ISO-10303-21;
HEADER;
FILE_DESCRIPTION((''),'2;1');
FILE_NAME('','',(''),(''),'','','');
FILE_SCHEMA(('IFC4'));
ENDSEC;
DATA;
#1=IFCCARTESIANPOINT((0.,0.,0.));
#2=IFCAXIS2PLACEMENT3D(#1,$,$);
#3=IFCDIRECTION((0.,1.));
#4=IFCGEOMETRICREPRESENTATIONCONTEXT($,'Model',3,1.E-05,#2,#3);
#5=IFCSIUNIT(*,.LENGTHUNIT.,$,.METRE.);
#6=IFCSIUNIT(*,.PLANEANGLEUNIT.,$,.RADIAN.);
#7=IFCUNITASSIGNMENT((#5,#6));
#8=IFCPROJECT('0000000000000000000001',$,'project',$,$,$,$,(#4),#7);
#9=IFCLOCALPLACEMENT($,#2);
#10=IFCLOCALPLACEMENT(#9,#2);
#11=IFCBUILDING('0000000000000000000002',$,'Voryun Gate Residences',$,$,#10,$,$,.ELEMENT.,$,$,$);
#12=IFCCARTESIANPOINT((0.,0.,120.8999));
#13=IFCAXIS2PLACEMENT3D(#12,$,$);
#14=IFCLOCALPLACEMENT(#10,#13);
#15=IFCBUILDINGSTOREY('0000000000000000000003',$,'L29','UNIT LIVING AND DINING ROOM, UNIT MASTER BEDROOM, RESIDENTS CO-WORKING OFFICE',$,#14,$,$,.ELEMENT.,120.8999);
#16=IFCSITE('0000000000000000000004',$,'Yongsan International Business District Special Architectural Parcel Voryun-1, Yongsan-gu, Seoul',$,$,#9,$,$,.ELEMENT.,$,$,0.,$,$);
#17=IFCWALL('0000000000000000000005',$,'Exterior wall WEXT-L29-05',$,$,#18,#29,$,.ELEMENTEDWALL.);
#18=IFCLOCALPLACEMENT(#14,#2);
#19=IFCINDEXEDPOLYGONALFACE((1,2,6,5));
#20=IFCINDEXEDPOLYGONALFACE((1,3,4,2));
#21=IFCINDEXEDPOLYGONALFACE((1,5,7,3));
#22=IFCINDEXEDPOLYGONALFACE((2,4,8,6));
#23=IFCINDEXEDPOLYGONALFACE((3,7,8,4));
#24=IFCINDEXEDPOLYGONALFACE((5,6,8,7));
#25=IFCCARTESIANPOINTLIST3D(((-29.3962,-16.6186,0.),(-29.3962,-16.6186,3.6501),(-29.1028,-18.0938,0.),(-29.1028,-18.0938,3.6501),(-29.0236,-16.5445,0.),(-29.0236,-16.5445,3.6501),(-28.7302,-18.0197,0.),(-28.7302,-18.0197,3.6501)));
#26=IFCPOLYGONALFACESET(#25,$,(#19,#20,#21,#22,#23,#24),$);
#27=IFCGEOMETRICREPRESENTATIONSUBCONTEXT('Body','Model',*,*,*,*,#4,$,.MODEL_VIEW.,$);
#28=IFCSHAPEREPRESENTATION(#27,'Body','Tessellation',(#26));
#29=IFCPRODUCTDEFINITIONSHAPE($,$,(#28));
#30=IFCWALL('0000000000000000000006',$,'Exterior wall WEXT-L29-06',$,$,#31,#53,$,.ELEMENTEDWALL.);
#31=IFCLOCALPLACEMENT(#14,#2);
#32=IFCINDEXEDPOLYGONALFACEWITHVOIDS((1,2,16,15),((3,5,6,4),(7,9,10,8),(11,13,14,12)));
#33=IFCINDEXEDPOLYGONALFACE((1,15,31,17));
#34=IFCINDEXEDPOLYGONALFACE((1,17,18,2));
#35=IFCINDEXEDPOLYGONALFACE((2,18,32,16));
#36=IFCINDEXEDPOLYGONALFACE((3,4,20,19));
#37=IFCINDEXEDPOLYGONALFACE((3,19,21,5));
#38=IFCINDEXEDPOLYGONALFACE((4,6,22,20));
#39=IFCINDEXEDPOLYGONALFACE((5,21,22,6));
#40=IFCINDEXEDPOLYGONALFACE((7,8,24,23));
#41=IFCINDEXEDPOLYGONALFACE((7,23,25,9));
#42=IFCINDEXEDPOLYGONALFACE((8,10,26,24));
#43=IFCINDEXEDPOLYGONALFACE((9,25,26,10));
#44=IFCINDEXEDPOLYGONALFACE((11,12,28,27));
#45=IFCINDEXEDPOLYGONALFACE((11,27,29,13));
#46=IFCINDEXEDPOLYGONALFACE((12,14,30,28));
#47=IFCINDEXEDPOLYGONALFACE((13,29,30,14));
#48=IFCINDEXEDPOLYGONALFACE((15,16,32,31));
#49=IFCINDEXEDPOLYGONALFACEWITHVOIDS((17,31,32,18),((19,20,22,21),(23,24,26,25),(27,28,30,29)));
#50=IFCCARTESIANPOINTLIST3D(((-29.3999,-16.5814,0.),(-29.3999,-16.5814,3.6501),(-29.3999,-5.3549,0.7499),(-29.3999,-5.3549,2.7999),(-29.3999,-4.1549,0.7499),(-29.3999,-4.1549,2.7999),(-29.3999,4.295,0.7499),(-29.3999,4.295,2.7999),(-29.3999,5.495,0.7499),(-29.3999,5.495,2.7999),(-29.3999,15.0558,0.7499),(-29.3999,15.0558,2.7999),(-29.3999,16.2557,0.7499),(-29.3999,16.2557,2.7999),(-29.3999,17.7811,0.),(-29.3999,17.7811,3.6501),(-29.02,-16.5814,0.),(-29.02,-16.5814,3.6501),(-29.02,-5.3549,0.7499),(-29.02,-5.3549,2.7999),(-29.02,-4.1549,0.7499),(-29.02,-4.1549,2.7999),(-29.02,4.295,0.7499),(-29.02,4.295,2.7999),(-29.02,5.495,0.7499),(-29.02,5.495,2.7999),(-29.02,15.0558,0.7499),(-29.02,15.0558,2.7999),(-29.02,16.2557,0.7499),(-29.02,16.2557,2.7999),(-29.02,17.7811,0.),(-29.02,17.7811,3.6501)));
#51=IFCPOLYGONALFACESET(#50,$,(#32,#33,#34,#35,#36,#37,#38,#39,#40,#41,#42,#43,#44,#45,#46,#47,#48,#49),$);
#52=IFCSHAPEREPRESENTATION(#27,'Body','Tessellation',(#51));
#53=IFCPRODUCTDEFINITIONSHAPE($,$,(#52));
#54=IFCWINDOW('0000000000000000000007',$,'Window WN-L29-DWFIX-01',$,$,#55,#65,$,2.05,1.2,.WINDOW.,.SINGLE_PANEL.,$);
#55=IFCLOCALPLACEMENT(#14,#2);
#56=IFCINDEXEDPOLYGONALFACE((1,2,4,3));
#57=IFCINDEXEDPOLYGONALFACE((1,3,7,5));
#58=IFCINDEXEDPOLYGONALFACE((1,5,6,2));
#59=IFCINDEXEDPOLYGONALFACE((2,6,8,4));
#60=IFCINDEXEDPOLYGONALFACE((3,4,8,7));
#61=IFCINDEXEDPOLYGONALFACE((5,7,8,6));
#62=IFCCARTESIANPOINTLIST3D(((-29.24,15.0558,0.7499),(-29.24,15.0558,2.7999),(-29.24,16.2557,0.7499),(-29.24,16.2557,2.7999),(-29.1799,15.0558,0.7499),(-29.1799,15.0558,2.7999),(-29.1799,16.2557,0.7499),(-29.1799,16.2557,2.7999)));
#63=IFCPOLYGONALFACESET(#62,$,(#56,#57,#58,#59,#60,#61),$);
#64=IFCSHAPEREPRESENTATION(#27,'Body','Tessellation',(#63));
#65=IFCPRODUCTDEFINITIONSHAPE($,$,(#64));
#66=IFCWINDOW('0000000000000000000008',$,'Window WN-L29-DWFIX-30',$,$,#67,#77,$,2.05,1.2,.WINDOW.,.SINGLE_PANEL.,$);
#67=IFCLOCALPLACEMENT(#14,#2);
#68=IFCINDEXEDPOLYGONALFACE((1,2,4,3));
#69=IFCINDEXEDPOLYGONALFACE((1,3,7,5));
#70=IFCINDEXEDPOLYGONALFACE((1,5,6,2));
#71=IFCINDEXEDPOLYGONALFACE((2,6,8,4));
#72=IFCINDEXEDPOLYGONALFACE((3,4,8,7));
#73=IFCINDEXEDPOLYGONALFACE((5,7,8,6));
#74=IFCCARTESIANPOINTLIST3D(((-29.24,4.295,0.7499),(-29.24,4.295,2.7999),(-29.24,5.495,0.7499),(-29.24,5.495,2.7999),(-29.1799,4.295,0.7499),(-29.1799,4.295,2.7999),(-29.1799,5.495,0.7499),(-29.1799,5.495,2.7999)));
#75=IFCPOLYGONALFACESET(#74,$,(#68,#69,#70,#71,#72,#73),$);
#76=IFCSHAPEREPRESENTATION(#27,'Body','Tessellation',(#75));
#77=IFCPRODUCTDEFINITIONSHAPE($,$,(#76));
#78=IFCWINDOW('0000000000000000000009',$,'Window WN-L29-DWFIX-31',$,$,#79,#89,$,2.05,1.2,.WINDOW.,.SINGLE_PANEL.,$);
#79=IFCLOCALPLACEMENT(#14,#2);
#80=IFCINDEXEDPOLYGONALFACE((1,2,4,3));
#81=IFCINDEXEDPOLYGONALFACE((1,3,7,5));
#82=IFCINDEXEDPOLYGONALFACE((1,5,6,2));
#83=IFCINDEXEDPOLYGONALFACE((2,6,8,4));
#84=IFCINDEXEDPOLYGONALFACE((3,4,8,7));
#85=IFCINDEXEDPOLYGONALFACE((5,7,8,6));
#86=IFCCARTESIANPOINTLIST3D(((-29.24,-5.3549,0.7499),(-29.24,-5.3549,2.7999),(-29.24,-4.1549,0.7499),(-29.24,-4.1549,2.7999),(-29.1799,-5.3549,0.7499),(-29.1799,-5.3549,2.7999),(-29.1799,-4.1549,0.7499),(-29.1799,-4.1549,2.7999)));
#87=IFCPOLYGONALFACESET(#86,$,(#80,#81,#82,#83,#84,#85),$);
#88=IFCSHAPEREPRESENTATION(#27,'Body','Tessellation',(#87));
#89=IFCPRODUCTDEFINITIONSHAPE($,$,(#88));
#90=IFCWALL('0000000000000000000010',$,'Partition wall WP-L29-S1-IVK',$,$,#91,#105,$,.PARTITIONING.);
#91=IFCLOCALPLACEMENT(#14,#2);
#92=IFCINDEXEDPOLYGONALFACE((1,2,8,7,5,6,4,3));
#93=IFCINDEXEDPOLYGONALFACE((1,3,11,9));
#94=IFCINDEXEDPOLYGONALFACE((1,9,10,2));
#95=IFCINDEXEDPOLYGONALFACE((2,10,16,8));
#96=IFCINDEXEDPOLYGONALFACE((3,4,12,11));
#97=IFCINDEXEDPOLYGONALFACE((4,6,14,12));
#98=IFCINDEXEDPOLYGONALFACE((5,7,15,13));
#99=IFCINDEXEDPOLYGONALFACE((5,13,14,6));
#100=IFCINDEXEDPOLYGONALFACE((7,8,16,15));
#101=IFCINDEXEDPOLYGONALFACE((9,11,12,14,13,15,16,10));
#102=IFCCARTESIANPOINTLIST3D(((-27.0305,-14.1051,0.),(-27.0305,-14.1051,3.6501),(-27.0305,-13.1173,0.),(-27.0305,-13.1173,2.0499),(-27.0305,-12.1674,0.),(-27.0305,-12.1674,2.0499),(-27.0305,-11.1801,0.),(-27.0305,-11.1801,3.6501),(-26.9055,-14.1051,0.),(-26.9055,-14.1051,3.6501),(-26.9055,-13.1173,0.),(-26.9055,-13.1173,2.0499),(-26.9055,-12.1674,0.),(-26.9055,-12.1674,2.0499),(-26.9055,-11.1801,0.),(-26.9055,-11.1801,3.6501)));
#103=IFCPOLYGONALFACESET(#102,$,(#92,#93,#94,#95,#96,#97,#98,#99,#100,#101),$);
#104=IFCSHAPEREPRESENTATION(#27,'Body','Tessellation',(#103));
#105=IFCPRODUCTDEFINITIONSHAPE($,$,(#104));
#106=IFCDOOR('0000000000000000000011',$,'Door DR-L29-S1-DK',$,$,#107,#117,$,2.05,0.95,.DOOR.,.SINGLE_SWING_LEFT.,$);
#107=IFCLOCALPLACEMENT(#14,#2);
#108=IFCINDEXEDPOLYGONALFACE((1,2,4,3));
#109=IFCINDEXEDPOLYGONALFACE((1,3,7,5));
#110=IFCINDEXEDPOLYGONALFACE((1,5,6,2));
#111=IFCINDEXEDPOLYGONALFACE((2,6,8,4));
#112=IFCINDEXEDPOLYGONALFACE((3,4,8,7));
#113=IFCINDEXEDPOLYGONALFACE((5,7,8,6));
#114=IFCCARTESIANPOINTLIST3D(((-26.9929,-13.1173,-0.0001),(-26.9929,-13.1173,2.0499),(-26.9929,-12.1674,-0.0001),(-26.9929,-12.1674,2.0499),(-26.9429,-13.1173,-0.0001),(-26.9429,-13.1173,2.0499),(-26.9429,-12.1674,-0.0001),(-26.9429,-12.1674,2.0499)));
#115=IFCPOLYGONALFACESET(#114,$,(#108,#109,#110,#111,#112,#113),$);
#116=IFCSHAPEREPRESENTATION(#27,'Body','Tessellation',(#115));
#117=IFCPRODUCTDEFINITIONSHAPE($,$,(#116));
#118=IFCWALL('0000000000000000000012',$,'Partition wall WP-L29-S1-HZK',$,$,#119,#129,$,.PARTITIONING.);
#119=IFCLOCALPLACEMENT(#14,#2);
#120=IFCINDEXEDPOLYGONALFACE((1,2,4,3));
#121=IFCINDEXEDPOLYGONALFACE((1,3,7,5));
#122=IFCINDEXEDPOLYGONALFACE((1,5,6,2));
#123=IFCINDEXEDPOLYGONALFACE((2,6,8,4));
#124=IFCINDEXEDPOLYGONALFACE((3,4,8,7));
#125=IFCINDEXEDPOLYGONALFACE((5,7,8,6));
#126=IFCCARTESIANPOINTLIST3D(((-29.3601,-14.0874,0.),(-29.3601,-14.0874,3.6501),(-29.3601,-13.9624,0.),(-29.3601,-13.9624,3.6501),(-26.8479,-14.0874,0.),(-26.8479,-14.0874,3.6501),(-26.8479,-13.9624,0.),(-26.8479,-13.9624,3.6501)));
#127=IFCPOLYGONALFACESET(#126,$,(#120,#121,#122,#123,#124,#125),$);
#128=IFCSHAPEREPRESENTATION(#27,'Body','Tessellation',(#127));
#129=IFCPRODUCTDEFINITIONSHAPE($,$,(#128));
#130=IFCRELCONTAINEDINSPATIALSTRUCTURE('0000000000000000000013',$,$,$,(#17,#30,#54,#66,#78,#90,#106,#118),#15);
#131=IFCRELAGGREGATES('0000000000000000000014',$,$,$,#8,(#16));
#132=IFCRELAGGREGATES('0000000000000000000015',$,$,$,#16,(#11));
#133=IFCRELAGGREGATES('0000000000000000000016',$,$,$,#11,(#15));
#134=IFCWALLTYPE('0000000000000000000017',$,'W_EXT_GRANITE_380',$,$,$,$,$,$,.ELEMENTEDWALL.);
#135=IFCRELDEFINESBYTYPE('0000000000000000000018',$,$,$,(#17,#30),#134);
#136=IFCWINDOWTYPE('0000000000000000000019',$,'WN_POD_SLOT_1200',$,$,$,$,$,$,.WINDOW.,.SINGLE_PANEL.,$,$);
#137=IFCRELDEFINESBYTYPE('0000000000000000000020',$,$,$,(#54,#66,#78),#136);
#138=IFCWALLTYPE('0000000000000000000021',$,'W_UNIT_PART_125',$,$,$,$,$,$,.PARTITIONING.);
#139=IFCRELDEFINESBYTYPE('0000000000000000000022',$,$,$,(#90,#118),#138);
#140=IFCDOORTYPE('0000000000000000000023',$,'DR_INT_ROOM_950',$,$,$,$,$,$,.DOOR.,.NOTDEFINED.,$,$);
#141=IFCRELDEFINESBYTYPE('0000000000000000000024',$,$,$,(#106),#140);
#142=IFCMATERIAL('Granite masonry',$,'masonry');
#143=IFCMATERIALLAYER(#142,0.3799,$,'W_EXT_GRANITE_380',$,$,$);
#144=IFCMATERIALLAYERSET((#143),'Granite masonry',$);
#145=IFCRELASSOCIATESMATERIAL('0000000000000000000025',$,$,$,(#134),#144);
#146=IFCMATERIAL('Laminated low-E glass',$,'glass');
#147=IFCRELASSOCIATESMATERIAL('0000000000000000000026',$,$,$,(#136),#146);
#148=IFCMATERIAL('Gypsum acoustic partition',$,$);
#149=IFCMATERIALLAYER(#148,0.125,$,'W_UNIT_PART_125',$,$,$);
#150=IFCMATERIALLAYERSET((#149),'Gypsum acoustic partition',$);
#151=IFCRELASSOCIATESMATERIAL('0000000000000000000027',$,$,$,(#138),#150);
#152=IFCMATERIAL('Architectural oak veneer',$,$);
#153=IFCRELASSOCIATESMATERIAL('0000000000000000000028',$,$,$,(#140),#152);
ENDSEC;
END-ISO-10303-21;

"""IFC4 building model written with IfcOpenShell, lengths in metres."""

from ifc_helpers import new_model, si_unit, direction, frame, frame_2d, origin, place, context, subcontext, project, spatial, rectangle, extrude, material, layer, layer_set, type_object, element, fill, save


model = new_model("IFC4")

# Units and contexts
model_context = context("Model", 3, precision=1e-05, world=origin(), true_north=direction((0.0, 1.0)))
body_context = subcontext(model_context, "Body", "Model", "MODEL_VIEW")
ifc_project = project(units=[si_unit("LENGTHUNIT", "METRE"), si_unit("PLANEANGLEUNIT", "RADIAN")], contexts=[model_context])

# Site, building, storey
site_placement = place(None, origin())
site = spatial("IfcSite", under=ifc_project, at=site_placement, Name="Yongsan International Business District Special Architectural Parcel Voryun-1, Yongsan-gu, Seoul", CompositionType="ELEMENT", RefElevation=0.0)
building_placement = place(site_placement, origin())
building = spatial("IfcBuilding", under=site, at=building_placement, Name="Voryun Gate Residences", CompositionType="ELEMENT")
storey_placement = place(building_placement, frame((0.0, 0.0, 120.8999)))
storey = spatial("IfcBuildingStorey", under=building, at=storey_placement, Name="L29", Description="UNIT LIVING AND DINING ROOM, UNIT MASTER BEDROOM, RESIDENTS CO-WORKING OFFICE", CompositionType="ELEMENT", Elevation=120.8999)

# Wall
ifc_material_1 = material(Name="Granite masonry", Category="masonry")
ifc_layer_1 = layer(ifc_material_1, 0.3799, Name="W_EXT_GRANITE_380")
ifc_layer_set_1 = layer_set([ifc_layer_1], Name="Granite masonry")
wall_type_1 = type_object("IfcWallType", Name="W_EXT_GRANITE_380", PredefinedType="ELEMENTEDWALL", material=ifc_layer_set_1)
wall_1_placement = place(storey_placement, frame((-28.9165, -18.0566, 0.0), z_axis=(0.0, 0.0, 1.0), x_axis=(-0.195086, 0.980786, 0.0)))
element("IfcWall", 1, at=wall_1_placement, inside=storey, type_object=wall_type_1, Name="Exterior wall WEXT-L29-05", PredefinedType="ELEMENTEDWALL", context=body_context, shape_type="SweptSolid", body=[
    extrude(rectangle(XDim=1.5042, YDim=0.3799, at=frame_2d((0.752, 0.0))), origin(), (0.0, 0.0, 1.0), 3.6501),
])

# Wall, openings, windows
wall_2_placement = place(storey_placement, frame((-29.21, -16.5813, 0.0), z_axis=(0.0, 0.0, 1.0), x_axis=(0.0, 1.0, 0.0)))
wall_2 = element("IfcWall", 2, at=wall_2_placement, inside=storey, type_object=wall_type_1, Name="Exterior wall WEXT-L29-06", PredefinedType="ELEMENTEDWALL", context=body_context, shape_type="SweptSolid", body=[
    extrude(rectangle(XDim=34.3625, YDim=0.3799, at=frame_2d((17.1812, 0.0))), origin(), (0.0, 0.0, 1.0), 3.6501),
])
opening_1_placement = place(wall_2_placement, frame((31.637, 0.0, 0.75)))
opening_1 = element("IfcOpeningElement", 3, at=opening_1_placement, cuts=wall_2, PredefinedType="OPENING", context=body_context, shape_type="SweptSolid", body=[
    extrude(rectangle(XDim=1.2, YDim=2.05, at=frame_2d((0.6001, 1.0249))), frame((0.0, 0.2, 0.0), z_axis=(0.0, -1.0, 0.0), x_axis=(1.0, 0.0, 0.0)), (0.0, 0.0, 1.0), 0.3999),
])
opening_2_placement = place(wall_2_placement, frame((20.8762, 0.0, 0.75)))
opening_2 = element("IfcOpeningElement", 4, at=opening_2_placement, cuts=wall_2, PredefinedType="OPENING", context=body_context, shape_type="SweptSolid", body=[
    extrude(rectangle(XDim=1.2, YDim=2.05, at=frame_2d((0.6001, 1.0249))), frame((0.0, 0.2, 0.0), z_axis=(0.0, -1.0, 0.0), x_axis=(1.0, 0.0, 0.0)), (0.0, 0.0, 1.0), 0.3999),
])
opening_3_placement = place(wall_2_placement, frame((11.2263, 0.0, 0.75)))
opening_3 = element("IfcOpeningElement", 5, at=opening_3_placement, cuts=wall_2, PredefinedType="OPENING", context=body_context, shape_type="SweptSolid", body=[
    extrude(rectangle(XDim=1.2, YDim=2.05, at=frame_2d((0.6001, 1.0249))), frame((0.0, 0.2, 0.0), z_axis=(0.0, -1.0, 0.0), x_axis=(1.0, 0.0, 0.0)), (0.0, 0.0, 1.0), 0.3999),
])
ifc_material_2 = material(Name="Laminated low-E glass", Category="glass")
window_type = type_object("IfcWindowType", Name="WN_POD_SLOT_1200", PartitioningType="SINGLE_PANEL", PredefinedType="WINDOW", material=ifc_material_2)
window_1_placement = place(opening_1_placement, origin())
window_1 = element("IfcWindow", 6, at=window_1_placement, inside=storey, type_object=window_type, Name="Window WN-L29-DWFIX-01", OverallHeight=2.05, OverallWidth=1.2, PartitioningType="SINGLE_PANEL", PredefinedType="WINDOW", context=body_context, shape_type="SweptSolid", body=[
    extrude(rectangle(XDim=1.2, YDim=2.05, at=frame_2d((0.6001, 1.0249))), frame((0.0, 0.03, 0.0), z_axis=(0.0, -1.0, 0.0), x_axis=(1.0, 0.0, 0.0)), (0.0, 0.0, 1.0), 0.0601),
])
fill(opening_1, window_1)
window_2_placement = place(opening_2_placement, origin())
window_2 = element("IfcWindow", 7, at=window_2_placement, inside=storey, type_object=window_type, Name="Window WN-L29-DWFIX-30", OverallHeight=2.05, OverallWidth=1.2, PartitioningType="SINGLE_PANEL", PredefinedType="WINDOW", context=body_context, shape_type="SweptSolid", body=[
    extrude(rectangle(XDim=1.2, YDim=2.05, at=frame_2d((0.6001, 1.0249))), frame((0.0, 0.03, 0.0), z_axis=(0.0, -1.0, 0.0), x_axis=(1.0, 0.0, 0.0)), (0.0, 0.0, 1.0), 0.0601),
])
fill(opening_2, window_2)
window_3_placement = place(opening_3_placement, origin())
window_3 = element("IfcWindow", 8, at=window_3_placement, inside=storey, type_object=window_type, Name="Window WN-L29-DWFIX-31", OverallHeight=2.05, OverallWidth=1.2, PartitioningType="SINGLE_PANEL", PredefinedType="WINDOW", context=body_context, shape_type="SweptSolid", body=[
    extrude(rectangle(XDim=1.2, YDim=2.05, at=frame_2d((0.6001, 1.0249))), frame((0.0, 0.03, 0.0), z_axis=(0.0, -1.0, 0.0), x_axis=(1.0, 0.0, 0.0)), (0.0, 0.0, 1.0), 0.0601),
])
fill(opening_3, window_3)

# Wall, opening, door
ifc_material_3 = material(Name="Gypsum acoustic partition")
ifc_layer_2 = layer(ifc_material_3, 0.125, Name="W_UNIT_PART_125")
ifc_layer_set_2 = layer_set([ifc_layer_2], Name="Gypsum acoustic partition")
wall_type_2 = type_object("IfcWallType", Name="W_UNIT_PART_125", PredefinedType="PARTITIONING", material=ifc_layer_set_2)
wall_3_placement = place(storey_placement, frame((-26.968, -14.105, 0.0), z_axis=(0.0, 0.0, 1.0), x_axis=(0.0, 1.0, 0.0)))
wall_3 = element("IfcWall", 9, at=wall_3_placement, inside=storey, type_object=wall_type_2, Name="Partition wall WP-L29-S1-IVK", PredefinedType="PARTITIONING", context=body_context, shape_type="SweptSolid", body=[
    extrude(rectangle(XDim=2.925, YDim=0.125, at=frame_2d((1.4624, 0.0))), origin(), (0.0, 0.0, 1.0), 3.6501),
])
opening_4_placement = place(wall_3_placement, frame((0.9875, 0.0, 0.0)))
opening_4 = element("IfcOpeningElement", 10, at=opening_4_placement, cuts=wall_3, PredefinedType="OPENING", context=body_context, shape_type="SweptSolid", body=[
    extrude(rectangle(XDim=0.95, YDim=2.05, at=frame_2d((0.4751, 1.0249))), frame((0.0, 0.0725, 0.0), z_axis=(0.0, -1.0, 0.0), x_axis=(1.0, 0.0, 0.0)), (0.0, 0.0, 1.0), 0.145),
])
ifc_material_4 = material(Name="Architectural oak veneer")
door_type_1 = type_object("IfcDoorType", Name="DR_INT_ROOM_950", OperationType="NOTDEFINED", PredefinedType="DOOR", material=ifc_material_4)
door_1_placement = place(opening_4_placement, origin())
door_1 = element("IfcDoor", 11, at=door_1_placement, inside=storey, type_object=door_type_1, Name="Door DR-L29-S1-DK", OperationType="SINGLE_SWING_LEFT", OverallHeight=2.05, OverallWidth=0.95, PredefinedType="DOOR", context=body_context, shape_type="SweptSolid", body=[
    extrude(rectangle(XDim=0.95, YDim=2.05, at=frame_2d((0.4751, 1.0249))), frame((0.0, 0.0249, 0.0), z_axis=(0.0, -1.0, 0.0), x_axis=(1.0, 0.0, 0.0)), (0.0, 0.0, 1.0), 0.05),
])
fill(opening_4, door_1)

# Wall
wall_4_placement = place(storey_placement, frame((-29.3601, -14.0249, 0.0), z_axis=(0.0, 0.0, 1.0), x_axis=(1.0, 0.0, 0.0)))
element("IfcWall", 12, at=wall_4_placement, inside=storey, type_object=wall_type_2, Name="Partition wall WP-L29-S1-HZK", PredefinedType="PARTITIONING", context=body_context, shape_type="SweptSolid", body=[
    extrude(rectangle(XDim=2.5122, YDim=0.125, at=frame_2d((1.2561, 0.0))), origin(), (0.0, 0.0, 1.0), 3.6501),
])

save(model, "model.ifc")
